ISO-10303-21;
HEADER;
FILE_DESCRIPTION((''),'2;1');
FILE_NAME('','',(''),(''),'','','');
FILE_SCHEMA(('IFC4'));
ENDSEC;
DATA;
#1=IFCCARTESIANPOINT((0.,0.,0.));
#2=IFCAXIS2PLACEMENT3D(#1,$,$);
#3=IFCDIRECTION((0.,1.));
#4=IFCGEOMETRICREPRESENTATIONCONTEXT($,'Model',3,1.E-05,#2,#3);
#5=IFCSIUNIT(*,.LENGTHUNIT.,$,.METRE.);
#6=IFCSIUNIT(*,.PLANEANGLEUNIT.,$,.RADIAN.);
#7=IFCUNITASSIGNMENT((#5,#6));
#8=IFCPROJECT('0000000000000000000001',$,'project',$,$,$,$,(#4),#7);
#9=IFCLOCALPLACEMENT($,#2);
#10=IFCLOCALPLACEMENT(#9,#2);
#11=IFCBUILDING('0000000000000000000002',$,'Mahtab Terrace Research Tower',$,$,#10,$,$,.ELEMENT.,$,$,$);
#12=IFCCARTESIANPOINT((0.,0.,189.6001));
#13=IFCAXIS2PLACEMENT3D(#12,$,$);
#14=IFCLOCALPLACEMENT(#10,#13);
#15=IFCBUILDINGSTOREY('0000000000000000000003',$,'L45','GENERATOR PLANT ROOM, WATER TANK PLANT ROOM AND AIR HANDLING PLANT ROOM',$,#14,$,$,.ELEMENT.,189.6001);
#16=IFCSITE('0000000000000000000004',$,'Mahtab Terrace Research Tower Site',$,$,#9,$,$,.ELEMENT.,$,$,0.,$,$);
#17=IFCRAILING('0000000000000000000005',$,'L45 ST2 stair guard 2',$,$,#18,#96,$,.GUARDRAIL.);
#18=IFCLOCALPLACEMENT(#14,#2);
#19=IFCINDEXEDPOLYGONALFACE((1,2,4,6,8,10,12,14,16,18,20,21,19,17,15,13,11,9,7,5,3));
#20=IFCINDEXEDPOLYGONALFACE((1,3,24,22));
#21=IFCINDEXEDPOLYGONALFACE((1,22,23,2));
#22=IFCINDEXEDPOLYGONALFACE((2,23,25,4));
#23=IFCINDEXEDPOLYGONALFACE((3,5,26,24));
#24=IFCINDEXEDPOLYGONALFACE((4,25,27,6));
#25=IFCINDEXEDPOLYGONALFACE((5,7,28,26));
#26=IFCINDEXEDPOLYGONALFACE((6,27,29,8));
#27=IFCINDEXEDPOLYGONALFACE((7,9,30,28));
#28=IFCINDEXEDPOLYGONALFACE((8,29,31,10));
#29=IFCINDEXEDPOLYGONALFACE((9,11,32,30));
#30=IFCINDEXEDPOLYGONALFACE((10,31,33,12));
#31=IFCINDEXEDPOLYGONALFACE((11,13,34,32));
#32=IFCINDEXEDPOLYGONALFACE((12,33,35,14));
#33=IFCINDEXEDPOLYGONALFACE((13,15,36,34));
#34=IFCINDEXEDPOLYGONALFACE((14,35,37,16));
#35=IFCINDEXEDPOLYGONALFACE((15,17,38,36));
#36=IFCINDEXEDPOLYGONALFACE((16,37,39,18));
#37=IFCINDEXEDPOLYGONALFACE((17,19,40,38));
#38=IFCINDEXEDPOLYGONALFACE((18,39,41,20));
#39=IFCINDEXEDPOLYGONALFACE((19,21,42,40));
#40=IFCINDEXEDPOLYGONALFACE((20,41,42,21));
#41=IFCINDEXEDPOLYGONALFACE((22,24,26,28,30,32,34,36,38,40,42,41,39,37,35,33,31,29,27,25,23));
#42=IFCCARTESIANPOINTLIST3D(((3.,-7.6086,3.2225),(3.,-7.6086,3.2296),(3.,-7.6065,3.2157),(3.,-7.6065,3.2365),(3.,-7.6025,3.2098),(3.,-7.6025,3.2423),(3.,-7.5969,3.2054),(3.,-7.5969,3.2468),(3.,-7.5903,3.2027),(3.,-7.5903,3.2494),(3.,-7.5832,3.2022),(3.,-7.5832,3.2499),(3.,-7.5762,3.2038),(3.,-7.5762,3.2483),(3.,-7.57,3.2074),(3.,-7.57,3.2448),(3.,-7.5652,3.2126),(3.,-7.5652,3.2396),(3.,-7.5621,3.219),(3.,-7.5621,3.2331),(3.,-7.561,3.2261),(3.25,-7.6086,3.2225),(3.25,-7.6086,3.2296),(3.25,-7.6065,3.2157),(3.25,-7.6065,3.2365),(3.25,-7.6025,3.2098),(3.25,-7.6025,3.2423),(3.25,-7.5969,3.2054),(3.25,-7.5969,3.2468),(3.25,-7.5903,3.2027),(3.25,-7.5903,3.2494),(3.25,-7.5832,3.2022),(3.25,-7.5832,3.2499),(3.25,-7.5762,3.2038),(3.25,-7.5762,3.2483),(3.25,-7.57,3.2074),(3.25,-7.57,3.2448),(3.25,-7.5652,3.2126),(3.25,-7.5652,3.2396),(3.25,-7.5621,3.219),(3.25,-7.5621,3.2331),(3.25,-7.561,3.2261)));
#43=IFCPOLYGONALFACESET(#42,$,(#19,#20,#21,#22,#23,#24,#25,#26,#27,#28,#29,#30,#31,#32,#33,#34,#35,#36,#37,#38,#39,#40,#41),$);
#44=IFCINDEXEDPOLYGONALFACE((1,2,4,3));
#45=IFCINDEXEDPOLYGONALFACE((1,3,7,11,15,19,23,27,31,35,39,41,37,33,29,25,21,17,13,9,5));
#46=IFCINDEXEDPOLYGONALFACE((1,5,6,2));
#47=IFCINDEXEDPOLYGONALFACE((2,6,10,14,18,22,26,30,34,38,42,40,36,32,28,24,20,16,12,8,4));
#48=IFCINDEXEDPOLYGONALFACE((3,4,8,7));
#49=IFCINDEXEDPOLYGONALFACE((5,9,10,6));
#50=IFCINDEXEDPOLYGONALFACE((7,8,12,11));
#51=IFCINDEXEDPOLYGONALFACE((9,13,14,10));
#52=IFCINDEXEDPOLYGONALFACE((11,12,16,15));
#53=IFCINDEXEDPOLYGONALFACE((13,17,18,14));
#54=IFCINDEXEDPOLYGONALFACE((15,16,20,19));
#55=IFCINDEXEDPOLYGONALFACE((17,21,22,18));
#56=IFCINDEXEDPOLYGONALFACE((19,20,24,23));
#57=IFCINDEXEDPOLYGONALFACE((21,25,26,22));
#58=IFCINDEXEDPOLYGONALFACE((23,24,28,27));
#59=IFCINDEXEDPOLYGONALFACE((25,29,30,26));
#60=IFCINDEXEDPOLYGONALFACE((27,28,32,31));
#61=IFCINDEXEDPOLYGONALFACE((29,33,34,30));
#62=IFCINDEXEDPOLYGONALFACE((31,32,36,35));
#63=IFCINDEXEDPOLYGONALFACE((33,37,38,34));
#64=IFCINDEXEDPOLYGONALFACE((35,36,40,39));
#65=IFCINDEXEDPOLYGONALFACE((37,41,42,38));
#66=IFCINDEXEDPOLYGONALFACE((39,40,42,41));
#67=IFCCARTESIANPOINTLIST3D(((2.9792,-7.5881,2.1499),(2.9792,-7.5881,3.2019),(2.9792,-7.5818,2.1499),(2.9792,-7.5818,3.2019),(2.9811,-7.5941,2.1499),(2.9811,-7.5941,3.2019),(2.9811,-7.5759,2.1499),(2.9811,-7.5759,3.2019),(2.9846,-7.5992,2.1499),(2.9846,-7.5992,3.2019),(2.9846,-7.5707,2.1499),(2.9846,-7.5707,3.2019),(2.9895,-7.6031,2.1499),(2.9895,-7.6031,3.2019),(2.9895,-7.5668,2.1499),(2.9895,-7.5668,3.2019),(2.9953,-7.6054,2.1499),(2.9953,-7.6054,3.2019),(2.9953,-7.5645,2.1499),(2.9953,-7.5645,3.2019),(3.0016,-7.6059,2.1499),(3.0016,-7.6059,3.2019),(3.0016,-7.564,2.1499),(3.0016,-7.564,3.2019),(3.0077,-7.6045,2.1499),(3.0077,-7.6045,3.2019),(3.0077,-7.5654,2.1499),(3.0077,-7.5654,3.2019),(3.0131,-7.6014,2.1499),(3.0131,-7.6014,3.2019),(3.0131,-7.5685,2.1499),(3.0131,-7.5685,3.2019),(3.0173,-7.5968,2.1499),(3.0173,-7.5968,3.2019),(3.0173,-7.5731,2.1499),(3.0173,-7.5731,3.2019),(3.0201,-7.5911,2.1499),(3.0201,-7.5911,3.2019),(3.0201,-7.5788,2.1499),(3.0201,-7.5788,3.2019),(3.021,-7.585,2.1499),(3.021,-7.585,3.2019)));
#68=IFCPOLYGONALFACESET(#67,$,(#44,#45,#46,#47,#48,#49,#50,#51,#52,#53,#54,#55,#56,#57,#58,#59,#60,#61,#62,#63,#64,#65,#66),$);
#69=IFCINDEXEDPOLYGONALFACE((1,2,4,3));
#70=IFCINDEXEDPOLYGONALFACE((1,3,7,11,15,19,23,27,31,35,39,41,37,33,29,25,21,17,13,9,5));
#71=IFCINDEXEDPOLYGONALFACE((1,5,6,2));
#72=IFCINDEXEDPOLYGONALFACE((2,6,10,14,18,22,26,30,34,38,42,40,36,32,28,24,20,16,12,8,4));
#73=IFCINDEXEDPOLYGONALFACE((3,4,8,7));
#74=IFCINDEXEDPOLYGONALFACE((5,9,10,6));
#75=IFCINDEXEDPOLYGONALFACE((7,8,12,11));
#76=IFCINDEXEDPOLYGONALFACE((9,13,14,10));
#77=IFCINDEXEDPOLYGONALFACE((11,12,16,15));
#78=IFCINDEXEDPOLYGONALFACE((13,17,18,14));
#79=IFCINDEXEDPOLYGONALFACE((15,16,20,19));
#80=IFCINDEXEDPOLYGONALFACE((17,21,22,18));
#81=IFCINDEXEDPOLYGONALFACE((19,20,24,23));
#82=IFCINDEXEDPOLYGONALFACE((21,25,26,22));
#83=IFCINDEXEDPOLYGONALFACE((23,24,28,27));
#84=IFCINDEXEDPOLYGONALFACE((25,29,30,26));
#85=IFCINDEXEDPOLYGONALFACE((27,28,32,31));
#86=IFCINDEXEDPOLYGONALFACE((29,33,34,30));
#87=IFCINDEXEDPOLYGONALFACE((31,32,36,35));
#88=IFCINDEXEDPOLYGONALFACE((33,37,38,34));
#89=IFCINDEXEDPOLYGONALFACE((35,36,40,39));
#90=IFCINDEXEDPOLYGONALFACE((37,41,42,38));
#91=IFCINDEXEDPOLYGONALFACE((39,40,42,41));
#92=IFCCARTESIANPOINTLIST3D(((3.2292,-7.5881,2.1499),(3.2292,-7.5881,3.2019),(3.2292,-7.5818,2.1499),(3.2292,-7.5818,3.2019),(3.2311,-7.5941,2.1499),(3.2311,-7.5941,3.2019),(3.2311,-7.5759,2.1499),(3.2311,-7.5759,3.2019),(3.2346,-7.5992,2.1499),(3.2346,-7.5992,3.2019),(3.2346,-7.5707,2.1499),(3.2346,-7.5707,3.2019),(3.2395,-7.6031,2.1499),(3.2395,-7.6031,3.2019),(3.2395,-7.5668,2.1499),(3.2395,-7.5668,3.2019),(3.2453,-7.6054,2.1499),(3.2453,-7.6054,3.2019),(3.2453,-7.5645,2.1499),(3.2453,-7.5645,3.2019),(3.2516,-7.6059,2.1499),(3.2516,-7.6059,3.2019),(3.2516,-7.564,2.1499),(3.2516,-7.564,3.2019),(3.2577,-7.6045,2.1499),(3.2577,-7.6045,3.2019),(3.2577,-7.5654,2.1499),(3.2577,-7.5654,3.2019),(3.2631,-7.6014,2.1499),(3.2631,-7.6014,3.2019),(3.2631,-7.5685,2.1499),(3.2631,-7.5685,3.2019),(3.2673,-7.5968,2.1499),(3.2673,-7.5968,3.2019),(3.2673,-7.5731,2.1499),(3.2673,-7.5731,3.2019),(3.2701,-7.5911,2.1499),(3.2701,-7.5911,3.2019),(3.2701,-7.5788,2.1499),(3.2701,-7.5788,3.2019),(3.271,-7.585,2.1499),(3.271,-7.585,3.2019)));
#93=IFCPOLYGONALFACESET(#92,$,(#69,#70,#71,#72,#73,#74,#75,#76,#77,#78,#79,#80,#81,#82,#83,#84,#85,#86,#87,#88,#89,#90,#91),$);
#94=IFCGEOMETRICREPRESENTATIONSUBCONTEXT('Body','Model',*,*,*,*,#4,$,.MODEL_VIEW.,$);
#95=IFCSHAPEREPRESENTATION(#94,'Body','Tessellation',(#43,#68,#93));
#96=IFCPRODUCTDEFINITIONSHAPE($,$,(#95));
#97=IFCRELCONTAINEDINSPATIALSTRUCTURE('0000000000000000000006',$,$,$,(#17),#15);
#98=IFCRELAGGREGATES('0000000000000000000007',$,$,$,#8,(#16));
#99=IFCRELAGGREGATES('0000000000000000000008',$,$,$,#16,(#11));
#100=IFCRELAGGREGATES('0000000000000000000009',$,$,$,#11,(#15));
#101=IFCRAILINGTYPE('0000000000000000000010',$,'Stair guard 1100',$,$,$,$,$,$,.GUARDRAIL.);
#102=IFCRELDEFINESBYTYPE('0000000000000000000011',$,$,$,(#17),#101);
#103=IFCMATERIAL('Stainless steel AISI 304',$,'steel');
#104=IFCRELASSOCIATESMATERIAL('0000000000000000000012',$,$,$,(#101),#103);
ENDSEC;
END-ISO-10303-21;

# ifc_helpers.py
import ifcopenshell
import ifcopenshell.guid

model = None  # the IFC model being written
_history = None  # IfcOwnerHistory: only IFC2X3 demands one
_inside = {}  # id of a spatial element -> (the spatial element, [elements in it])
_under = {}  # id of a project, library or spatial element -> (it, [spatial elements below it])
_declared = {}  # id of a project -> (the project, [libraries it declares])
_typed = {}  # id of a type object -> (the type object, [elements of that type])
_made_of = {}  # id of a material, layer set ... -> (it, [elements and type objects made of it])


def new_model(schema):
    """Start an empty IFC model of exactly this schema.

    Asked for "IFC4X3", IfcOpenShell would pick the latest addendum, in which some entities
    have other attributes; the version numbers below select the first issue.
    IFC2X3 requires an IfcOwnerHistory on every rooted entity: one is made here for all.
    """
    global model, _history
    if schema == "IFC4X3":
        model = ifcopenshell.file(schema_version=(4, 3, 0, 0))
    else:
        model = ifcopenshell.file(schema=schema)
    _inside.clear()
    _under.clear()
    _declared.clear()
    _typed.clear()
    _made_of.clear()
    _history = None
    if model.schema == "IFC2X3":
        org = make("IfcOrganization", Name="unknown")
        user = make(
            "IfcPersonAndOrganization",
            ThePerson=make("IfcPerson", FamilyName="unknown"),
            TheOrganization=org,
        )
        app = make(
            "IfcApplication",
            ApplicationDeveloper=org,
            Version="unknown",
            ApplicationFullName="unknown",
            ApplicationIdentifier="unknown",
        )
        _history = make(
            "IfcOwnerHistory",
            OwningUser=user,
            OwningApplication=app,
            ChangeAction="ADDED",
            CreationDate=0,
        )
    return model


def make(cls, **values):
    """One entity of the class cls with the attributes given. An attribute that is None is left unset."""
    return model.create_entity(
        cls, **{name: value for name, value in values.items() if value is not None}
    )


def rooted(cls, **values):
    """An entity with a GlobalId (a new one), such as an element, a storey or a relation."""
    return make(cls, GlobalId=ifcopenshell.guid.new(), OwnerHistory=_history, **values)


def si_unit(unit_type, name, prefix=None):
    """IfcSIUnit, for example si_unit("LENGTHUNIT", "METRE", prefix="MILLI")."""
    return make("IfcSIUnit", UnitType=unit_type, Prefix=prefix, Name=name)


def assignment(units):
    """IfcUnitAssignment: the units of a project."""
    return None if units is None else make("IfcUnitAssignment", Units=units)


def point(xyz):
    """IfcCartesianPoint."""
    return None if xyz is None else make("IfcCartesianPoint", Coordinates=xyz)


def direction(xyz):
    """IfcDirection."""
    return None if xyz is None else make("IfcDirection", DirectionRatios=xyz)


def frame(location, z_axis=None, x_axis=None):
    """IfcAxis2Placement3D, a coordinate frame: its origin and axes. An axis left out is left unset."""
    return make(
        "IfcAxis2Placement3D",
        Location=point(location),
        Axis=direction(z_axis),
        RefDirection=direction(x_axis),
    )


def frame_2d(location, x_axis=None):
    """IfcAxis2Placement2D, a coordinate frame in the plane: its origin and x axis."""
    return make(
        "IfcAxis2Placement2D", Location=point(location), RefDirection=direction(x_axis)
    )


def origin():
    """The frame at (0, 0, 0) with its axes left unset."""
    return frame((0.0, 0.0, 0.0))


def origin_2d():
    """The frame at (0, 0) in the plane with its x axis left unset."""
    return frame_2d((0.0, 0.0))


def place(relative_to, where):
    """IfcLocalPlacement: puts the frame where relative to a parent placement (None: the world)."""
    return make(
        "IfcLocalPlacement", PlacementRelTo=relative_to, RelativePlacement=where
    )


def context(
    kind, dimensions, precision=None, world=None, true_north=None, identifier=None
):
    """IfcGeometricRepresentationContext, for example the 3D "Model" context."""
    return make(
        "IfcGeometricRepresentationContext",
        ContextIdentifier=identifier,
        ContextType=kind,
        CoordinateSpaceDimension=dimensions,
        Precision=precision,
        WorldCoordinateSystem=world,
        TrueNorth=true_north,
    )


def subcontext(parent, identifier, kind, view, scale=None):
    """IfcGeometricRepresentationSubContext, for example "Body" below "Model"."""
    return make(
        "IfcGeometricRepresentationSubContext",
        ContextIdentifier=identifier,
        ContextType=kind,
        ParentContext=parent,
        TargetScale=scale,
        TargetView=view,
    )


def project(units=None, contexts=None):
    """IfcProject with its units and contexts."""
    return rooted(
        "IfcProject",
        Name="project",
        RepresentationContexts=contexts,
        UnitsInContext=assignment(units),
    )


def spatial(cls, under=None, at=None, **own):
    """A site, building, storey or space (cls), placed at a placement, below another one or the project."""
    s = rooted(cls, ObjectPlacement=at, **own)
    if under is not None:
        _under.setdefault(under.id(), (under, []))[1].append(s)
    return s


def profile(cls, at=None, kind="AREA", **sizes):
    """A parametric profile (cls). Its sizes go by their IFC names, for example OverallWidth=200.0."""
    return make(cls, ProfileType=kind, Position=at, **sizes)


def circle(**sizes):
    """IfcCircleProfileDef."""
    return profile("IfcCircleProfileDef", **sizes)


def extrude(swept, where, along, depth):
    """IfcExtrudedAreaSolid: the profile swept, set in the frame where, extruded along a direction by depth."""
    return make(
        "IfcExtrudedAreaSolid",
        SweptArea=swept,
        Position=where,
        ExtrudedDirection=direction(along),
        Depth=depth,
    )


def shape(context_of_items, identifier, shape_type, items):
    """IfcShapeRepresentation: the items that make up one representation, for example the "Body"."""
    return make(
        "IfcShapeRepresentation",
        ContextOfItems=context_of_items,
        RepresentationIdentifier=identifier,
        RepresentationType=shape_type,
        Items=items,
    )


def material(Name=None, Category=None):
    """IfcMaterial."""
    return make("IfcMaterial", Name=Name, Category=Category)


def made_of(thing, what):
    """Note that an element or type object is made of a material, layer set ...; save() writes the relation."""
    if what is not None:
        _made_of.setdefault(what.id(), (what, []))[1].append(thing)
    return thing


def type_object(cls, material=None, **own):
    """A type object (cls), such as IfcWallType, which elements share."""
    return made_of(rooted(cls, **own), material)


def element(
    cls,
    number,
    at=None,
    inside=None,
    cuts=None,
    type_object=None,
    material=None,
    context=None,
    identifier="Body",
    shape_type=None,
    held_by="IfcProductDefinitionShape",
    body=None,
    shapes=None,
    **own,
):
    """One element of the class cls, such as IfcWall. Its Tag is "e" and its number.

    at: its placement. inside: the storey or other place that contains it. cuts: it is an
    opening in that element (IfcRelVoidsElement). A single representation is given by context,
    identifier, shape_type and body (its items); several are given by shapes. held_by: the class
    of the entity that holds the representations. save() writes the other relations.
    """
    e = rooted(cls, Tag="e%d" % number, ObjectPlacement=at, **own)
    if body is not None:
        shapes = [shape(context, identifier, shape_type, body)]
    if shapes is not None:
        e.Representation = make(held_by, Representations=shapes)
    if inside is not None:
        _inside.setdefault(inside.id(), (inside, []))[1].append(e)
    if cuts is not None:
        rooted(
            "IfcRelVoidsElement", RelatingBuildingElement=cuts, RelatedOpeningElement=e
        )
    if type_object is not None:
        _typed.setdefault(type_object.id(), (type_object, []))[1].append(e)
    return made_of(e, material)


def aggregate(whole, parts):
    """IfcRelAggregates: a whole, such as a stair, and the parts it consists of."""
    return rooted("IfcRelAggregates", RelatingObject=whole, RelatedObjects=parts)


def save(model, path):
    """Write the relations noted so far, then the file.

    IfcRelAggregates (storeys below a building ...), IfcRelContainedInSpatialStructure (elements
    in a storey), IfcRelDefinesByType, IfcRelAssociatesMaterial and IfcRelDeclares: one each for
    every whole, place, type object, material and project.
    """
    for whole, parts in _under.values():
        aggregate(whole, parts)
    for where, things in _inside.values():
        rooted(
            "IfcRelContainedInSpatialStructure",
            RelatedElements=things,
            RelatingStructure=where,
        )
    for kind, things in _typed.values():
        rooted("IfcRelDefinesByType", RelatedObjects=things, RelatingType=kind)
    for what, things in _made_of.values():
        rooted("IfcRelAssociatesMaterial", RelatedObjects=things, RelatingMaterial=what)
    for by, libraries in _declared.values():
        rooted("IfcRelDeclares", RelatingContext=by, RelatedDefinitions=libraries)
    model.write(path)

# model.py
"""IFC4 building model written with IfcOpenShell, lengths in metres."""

from ifc_helpers import new_model, si_unit, direction, frame, origin, origin_2d, place, context, subcontext, project, spatial, circle, extrude, material, type_object, element, save


model = new_model("IFC4")

# Units and contexts
model_context = context("Model", 3, precision=1e-05, world=origin(), true_north=direction((0.0, 1.0)))
body_context = subcontext(model_context, "Body", "Model", "MODEL_VIEW")
ifc_project = project(units=[si_unit("LENGTHUNIT", "METRE"), si_unit("PLANEANGLEUNIT", "RADIAN")], contexts=[model_context])

# Site, building, storey
site_placement = place(None, origin())
site = spatial("IfcSite", under=ifc_project, at=site_placement, Name="Mahtab Terrace Research Tower Site", CompositionType="ELEMENT", RefElevation=0.0)
building_placement = place(site_placement, origin())
building = spatial("IfcBuilding", under=site, at=building_placement, Name="Mahtab Terrace Research Tower", CompositionType="ELEMENT")
storey_placement = place(building_placement, frame((0.0, 0.0, 189.6001)))
storey = spatial("IfcBuildingStorey", under=building, at=storey_placement, Name="L45", Description="GENERATOR PLANT ROOM, WATER TANK PLANT ROOM AND AIR HANDLING PLANT ROOM", CompositionType="ELEMENT", Elevation=189.6001)

# Railing
ifc_material_1 = material(Name="Stainless steel AISI 304", Category="steel")
railing_type_1 = type_object("IfcRailingType", Name="Stair guard 1100", PredefinedType="GUARDRAIL", material=ifc_material_1)
railing_1_placement = place(storey_placement, frame((3.0, -7.585, 2.1499)))
element("IfcRailing", 1, at=railing_1_placement, inside=storey, type_object=railing_type_1, Name="L45 ST2 stair guard 2", PredefinedType="GUARDRAIL", context=body_context, shape_type="SweptSolid", body=[
    extrude(circle(Radius=0.0239, at=origin_2d()), frame((0.0, 0.0, 1.0762), z_axis=(1.0, 0.0, 0.0), x_axis=(0.0, 1.0, 0.0)), (0.0, 0.0, 1.0), 0.25),
    extrude(circle(Radius=0.021, at=origin_2d()), origin(), (0.0, 0.0, 1.0), 1.052),
    extrude(circle(Radius=0.021, at=origin_2d()), frame((0.25, 0.0, 0.0)), (0.0, 0.0, 1.0), 1.052),
])

save(model, "model.ifc")
